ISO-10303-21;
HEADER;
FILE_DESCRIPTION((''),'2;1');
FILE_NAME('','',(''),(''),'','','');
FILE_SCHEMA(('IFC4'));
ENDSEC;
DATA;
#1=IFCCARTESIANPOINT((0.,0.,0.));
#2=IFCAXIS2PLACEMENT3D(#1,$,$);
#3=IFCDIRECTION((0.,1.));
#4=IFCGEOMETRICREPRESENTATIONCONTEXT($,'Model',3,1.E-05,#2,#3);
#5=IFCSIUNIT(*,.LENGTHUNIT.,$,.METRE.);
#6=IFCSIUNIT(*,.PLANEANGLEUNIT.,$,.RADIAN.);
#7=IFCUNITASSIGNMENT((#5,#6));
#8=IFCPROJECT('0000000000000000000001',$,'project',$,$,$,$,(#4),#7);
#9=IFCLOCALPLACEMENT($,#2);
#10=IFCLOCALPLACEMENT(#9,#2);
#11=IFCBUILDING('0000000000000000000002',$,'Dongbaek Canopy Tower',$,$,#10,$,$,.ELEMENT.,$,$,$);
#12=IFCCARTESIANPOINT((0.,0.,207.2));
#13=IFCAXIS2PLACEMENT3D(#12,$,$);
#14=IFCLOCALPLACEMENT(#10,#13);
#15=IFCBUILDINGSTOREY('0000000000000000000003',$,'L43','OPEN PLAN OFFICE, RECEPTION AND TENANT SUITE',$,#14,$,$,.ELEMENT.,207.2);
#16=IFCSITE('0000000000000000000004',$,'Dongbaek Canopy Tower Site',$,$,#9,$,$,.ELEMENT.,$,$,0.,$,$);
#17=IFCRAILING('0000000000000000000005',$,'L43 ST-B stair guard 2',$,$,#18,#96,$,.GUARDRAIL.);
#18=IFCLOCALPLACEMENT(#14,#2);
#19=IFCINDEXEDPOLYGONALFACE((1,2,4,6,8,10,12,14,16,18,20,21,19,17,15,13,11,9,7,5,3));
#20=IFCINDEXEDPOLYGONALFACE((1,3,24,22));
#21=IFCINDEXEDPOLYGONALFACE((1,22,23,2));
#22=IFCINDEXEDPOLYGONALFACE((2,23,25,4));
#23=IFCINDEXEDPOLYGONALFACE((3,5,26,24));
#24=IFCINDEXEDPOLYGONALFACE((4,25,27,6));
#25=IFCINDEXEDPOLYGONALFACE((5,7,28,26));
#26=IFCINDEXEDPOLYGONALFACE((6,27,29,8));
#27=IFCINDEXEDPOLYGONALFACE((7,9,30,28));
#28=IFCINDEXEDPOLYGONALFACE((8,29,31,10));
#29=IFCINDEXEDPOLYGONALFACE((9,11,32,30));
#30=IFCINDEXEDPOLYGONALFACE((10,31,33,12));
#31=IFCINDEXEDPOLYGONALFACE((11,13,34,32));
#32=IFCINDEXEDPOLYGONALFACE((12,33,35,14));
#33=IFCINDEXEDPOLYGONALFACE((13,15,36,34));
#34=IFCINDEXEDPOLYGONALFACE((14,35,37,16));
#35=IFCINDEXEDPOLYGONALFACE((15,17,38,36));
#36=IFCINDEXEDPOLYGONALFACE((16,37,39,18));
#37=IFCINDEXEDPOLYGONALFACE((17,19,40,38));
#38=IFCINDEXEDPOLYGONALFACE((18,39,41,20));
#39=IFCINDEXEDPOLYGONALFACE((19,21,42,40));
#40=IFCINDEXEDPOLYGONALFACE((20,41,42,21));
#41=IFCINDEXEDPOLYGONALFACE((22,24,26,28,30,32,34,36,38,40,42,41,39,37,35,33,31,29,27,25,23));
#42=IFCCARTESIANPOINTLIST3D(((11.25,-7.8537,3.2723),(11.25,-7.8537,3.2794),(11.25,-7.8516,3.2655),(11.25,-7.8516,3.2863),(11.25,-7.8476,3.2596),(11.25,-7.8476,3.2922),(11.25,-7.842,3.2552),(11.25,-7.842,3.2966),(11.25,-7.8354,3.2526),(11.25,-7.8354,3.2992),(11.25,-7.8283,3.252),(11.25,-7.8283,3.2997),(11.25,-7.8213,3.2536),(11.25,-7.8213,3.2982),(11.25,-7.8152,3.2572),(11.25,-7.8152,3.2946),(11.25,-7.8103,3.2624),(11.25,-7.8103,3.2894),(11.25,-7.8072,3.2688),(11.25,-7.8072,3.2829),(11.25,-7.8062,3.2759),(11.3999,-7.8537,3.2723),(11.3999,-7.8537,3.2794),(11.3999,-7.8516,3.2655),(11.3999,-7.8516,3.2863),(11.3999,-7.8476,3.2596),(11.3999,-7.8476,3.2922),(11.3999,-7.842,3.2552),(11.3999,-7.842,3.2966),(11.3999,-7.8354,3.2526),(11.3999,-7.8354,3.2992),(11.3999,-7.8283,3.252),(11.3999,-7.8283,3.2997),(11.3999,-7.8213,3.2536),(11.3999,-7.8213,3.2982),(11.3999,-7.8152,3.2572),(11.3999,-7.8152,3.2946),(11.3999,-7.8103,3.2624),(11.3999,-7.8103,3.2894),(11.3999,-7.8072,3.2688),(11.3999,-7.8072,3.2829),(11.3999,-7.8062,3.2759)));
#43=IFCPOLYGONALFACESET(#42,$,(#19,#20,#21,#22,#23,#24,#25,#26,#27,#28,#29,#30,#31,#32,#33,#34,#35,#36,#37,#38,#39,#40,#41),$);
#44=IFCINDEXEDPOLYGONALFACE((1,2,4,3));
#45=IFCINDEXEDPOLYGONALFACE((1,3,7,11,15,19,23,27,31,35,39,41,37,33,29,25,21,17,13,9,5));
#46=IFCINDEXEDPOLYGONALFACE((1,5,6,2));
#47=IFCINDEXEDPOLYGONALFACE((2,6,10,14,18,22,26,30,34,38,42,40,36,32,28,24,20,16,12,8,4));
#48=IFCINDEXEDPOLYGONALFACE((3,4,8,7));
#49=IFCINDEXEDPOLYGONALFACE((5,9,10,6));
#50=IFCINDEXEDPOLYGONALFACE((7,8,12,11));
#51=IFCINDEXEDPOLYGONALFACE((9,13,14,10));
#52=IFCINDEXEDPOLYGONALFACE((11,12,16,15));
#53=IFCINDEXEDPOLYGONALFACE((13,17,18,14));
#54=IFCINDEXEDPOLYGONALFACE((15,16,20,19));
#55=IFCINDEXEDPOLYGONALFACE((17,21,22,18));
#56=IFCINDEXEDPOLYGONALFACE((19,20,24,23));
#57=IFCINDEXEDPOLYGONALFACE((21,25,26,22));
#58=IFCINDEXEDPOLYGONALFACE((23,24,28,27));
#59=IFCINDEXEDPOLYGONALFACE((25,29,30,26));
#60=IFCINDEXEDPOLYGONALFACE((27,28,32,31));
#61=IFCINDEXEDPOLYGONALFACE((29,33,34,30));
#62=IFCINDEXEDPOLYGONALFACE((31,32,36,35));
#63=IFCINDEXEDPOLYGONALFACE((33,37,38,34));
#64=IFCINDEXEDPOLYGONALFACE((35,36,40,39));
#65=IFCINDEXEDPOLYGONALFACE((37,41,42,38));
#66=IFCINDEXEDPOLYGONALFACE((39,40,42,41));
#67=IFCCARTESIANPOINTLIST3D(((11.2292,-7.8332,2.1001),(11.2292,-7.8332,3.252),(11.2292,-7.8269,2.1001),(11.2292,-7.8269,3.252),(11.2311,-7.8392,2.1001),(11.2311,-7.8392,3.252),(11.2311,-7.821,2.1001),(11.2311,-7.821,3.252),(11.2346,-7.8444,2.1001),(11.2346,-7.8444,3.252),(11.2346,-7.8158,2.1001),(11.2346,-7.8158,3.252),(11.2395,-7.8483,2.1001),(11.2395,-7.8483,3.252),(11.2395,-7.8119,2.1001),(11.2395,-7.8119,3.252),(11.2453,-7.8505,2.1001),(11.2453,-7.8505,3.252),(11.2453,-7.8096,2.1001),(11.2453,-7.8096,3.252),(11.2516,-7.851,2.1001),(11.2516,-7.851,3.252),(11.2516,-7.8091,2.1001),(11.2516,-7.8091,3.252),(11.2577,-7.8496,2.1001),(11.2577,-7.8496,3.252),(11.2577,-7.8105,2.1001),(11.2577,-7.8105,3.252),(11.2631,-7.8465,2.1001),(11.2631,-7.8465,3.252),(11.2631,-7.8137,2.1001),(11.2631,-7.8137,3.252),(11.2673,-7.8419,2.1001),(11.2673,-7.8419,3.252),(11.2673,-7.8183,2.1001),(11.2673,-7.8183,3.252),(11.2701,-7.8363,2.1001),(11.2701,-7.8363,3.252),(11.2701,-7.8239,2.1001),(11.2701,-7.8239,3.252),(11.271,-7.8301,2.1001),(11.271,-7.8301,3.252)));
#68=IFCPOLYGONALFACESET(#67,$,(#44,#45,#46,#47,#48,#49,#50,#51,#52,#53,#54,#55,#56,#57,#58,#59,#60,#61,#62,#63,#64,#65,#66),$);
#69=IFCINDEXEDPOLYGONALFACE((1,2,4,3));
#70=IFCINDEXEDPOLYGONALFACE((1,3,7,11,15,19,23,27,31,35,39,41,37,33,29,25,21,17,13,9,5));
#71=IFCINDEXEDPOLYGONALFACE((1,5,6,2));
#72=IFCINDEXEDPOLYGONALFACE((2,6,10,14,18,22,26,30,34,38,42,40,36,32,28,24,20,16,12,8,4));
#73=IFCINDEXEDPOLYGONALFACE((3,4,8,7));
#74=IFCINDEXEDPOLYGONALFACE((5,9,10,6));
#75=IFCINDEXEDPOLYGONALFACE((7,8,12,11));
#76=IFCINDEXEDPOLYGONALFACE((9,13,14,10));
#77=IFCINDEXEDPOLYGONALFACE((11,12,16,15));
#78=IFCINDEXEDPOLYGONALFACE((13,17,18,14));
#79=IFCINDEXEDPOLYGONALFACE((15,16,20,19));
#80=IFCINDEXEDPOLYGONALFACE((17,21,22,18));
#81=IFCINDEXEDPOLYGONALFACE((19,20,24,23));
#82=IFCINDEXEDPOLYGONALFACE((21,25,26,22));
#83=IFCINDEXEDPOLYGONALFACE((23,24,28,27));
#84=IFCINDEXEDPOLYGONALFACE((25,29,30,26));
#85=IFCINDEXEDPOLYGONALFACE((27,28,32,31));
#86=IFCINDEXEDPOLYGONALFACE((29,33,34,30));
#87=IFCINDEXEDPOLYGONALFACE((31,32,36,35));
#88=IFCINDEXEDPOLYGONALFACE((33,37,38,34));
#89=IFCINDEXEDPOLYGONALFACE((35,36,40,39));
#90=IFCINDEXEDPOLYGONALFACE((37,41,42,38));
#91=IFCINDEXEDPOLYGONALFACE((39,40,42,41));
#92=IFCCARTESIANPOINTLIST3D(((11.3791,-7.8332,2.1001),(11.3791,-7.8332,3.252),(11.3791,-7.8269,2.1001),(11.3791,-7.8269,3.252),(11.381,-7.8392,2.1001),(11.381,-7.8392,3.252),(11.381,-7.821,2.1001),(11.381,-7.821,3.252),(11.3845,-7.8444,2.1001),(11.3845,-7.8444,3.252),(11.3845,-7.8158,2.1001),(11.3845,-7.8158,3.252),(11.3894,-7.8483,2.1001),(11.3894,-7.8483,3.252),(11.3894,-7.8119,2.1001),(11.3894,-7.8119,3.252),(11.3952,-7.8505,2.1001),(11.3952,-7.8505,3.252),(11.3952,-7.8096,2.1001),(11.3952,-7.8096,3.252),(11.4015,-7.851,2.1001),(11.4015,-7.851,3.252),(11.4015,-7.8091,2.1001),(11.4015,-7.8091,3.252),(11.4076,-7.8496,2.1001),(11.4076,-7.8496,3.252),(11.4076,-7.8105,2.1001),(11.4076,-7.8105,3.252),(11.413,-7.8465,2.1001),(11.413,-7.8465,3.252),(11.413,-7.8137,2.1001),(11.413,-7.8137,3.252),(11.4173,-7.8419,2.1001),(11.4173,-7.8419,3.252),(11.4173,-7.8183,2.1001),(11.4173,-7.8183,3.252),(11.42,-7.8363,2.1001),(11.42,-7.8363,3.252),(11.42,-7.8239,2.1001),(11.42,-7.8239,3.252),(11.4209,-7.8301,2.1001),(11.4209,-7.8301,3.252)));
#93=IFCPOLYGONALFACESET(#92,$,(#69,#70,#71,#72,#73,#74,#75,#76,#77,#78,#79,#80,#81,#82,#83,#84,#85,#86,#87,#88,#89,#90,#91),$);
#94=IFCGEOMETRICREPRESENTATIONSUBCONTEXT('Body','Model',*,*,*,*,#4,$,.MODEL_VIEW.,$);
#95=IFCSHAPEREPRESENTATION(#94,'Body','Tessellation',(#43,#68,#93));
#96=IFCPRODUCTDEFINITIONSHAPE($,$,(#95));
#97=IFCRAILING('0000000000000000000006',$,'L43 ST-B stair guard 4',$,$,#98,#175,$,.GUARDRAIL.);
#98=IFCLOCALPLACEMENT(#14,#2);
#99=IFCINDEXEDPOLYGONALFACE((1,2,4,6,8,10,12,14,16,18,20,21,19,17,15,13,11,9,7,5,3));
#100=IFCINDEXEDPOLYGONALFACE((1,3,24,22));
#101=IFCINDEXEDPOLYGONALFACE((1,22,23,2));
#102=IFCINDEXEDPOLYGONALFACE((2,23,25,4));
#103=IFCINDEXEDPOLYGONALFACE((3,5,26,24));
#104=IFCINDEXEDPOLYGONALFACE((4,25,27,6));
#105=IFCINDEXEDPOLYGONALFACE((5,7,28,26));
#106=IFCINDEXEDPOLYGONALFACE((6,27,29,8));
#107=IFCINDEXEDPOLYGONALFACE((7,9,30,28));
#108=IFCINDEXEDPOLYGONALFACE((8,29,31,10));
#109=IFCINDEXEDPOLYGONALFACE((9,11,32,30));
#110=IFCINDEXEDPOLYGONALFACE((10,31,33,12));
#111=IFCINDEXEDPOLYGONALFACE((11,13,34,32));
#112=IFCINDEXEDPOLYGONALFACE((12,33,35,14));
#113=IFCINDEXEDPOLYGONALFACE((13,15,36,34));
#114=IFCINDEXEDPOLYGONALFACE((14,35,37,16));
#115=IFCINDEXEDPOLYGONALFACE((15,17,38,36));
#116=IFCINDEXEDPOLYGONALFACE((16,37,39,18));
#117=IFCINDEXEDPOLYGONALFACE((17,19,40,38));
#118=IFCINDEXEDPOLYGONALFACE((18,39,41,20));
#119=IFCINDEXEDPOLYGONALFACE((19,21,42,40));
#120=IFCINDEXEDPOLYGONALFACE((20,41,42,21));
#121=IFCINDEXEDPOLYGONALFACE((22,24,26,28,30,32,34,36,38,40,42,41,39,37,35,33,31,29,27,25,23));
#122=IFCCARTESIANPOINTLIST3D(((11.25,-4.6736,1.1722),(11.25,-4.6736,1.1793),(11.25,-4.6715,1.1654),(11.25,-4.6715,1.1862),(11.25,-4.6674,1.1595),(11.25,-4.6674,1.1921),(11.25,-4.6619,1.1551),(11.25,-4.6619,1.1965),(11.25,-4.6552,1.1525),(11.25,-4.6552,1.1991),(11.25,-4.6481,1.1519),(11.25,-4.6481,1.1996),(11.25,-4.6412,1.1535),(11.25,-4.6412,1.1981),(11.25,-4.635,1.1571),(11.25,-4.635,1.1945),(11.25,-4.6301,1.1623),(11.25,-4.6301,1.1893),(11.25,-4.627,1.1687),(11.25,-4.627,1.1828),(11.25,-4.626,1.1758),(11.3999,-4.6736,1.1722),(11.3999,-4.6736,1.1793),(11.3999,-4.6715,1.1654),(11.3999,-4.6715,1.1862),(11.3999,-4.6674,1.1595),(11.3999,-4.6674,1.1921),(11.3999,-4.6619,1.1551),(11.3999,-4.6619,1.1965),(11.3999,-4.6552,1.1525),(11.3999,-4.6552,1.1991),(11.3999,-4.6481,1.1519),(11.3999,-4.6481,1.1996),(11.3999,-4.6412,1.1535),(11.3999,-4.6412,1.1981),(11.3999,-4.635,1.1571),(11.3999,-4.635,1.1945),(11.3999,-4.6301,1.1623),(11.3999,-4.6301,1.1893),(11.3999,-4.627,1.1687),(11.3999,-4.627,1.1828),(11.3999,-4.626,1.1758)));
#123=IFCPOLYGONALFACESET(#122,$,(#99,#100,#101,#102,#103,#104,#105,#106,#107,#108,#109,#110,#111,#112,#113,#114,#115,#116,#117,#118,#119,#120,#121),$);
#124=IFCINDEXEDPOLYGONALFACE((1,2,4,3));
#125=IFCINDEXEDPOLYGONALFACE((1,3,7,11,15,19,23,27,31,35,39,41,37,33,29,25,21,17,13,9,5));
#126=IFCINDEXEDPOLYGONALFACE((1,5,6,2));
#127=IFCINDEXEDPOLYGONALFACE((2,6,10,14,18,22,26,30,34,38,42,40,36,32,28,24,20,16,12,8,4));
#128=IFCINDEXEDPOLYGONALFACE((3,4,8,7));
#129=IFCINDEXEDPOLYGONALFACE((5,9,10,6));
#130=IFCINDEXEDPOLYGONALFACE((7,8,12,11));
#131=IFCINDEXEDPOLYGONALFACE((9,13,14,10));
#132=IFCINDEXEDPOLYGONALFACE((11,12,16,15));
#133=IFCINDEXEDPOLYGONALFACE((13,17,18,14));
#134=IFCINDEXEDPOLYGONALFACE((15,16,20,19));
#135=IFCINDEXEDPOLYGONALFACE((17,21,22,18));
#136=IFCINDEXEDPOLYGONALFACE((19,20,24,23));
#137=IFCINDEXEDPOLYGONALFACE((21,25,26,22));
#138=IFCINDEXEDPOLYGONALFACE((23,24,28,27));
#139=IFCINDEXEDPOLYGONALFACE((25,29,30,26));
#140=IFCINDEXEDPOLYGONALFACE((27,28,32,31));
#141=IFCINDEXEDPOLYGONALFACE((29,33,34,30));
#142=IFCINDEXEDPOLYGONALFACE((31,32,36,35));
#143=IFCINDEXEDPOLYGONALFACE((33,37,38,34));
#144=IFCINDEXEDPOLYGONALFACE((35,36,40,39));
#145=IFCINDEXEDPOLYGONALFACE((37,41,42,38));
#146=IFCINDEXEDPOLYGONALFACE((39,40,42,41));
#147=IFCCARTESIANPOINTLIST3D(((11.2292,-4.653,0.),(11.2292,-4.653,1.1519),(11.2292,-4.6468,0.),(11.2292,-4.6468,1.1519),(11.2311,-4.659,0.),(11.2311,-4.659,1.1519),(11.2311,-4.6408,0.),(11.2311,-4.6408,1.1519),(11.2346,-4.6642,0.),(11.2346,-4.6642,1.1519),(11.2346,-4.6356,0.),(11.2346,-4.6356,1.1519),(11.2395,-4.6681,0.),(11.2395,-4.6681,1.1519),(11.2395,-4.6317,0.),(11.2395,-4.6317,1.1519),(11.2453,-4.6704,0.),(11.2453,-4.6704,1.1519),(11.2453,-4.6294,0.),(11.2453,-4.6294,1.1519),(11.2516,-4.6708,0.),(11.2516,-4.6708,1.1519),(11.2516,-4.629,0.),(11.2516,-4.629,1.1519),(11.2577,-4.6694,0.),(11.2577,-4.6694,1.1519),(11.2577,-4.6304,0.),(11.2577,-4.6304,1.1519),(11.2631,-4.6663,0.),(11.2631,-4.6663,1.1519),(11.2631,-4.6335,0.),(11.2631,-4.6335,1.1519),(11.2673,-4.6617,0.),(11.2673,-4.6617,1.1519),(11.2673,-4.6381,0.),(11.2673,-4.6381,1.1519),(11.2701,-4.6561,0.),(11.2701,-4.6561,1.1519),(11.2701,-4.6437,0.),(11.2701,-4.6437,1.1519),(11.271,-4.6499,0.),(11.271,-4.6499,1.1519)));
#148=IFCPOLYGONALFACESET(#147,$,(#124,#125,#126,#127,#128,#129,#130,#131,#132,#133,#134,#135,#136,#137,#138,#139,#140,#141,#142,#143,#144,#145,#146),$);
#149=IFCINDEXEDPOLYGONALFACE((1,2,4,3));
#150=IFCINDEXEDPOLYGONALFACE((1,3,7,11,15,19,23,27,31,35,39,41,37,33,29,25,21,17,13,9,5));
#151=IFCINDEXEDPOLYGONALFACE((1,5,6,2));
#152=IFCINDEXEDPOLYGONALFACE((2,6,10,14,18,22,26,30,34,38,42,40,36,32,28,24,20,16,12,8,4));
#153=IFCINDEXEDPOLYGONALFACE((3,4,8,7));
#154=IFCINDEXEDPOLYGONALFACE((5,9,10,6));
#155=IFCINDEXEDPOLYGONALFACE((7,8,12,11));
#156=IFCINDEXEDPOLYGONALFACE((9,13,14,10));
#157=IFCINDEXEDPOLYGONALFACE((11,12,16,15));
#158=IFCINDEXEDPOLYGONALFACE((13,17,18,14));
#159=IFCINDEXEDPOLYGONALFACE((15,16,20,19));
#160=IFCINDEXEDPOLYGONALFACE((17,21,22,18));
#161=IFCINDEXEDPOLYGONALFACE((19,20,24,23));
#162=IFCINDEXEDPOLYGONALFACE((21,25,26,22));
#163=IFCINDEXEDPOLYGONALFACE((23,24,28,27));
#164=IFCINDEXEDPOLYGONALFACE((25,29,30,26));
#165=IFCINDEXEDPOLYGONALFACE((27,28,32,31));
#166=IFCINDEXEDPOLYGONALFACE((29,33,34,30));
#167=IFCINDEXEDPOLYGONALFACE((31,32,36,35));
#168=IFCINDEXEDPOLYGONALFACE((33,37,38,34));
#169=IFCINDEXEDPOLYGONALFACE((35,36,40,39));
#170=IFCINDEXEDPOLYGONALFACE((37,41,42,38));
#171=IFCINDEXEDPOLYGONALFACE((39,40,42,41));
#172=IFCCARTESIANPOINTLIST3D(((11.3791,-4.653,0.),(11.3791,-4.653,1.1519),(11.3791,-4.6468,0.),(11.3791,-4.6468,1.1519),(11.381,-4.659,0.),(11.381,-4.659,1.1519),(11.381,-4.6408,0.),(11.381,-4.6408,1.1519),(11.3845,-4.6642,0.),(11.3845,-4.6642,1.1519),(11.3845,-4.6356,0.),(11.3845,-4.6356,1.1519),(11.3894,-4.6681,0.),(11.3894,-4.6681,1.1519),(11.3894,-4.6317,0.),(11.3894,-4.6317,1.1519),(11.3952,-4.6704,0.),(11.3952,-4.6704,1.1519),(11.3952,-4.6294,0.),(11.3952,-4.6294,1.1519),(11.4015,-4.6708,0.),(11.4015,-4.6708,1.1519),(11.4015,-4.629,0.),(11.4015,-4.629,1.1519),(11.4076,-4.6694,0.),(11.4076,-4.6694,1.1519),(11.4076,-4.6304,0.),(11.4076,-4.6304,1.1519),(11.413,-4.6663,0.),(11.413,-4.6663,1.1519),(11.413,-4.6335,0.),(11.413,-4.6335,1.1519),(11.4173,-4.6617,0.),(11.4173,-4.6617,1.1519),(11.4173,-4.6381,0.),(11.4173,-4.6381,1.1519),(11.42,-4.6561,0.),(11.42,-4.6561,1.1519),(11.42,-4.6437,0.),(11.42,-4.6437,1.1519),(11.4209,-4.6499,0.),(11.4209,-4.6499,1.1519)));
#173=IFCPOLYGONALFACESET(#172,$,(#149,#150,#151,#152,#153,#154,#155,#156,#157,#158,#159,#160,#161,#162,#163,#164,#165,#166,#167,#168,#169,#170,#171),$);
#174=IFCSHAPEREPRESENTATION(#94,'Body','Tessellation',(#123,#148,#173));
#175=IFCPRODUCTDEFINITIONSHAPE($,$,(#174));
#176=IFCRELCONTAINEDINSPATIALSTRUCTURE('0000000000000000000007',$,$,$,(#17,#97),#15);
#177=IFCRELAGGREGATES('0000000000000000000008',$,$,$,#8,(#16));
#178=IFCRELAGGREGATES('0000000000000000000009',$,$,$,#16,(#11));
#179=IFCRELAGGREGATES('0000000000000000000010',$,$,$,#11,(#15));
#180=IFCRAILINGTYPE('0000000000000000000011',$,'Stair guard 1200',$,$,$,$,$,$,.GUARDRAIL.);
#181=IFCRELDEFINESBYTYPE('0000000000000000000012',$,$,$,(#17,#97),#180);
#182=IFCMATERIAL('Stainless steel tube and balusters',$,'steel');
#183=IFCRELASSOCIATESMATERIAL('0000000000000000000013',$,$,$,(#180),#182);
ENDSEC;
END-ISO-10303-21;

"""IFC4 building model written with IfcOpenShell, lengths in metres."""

from ifc_helpers import new_model, si_unit, direction, frame, origin, origin_2d, place, context, subcontext, project, spatial, circle, extrude, material, type_object, element, save


model = new_model("IFC4")

# Units and contexts
model_context = context("Model", 3, precision=1e-05, world=origin(), true_north=direction((0.0, 1.0)))
body_context = subcontext(model_context, "Body", "Model", "MODEL_VIEW")
ifc_project = project(units=[si_unit("LENGTHUNIT", "METRE"), si_unit("PLANEANGLEUNIT", "RADIAN")], contexts=[model_context])

# Site, building, storey
site_placement = place(None, origin())
site = spatial("IfcSite", under=ifc_project, at=site_placement, Name="Dongbaek Canopy Tower Site", CompositionType="ELEMENT", RefElevation=0.0)
building_placement = place(site_placement, origin())
building = spatial("IfcBuilding", under=site, at=building_placement, Name="Dongbaek Canopy Tower", CompositionType="ELEMENT")
storey_placement = place(building_placement, frame((0.0, 0.0, 207.2)))
storey = spatial("IfcBuildingStorey", under=building, at=storey_placement, Name="L43", Description="OPEN PLAN OFFICE, RECEPTION AND TENANT SUITE", CompositionType="ELEMENT", Elevation=207.2)

# Railings
ifc_material_1 = material(Name="Stainless steel tube and balusters", Category="steel")
railing_type_1 = type_object("IfcRailingType", Name="Stair guard 1200", PredefinedType="GUARDRAIL", material=ifc_material_1)
for number, where, name in (
    (1, (11.25, -7.8301, 2.1001), "L43 ST-B stair guard 2"),
    (2, (11.25, -4.6499, 0.0), "L43 ST-B stair guard 4"),
):
    element("IfcRailing", number, at=place(storey_placement, frame(where)), inside=storey, type_object=railing_type_1, Name=name, PredefinedType="GUARDRAIL", context=body_context, shape_type="SweptSolid", body=[
        extrude(circle(Radius=0.0239, at=origin_2d()), frame((0.0, 0.0, 1.1758), z_axis=(1.0, 0.0, 0.0), x_axis=(0.0, 1.0, 0.0)), (0.0, 0.0, 1.0), 0.1499),
        extrude(circle(Radius=0.021, at=origin_2d()), origin(), (0.0, 0.0, 1.0), 1.1519),
        extrude(circle(Radius=0.021, at=origin_2d()), frame((0.1499, 0.0, 0.0)), (0.0, 0.0, 1.0), 1.1519),
    ])

save(model, "model.ifc")
